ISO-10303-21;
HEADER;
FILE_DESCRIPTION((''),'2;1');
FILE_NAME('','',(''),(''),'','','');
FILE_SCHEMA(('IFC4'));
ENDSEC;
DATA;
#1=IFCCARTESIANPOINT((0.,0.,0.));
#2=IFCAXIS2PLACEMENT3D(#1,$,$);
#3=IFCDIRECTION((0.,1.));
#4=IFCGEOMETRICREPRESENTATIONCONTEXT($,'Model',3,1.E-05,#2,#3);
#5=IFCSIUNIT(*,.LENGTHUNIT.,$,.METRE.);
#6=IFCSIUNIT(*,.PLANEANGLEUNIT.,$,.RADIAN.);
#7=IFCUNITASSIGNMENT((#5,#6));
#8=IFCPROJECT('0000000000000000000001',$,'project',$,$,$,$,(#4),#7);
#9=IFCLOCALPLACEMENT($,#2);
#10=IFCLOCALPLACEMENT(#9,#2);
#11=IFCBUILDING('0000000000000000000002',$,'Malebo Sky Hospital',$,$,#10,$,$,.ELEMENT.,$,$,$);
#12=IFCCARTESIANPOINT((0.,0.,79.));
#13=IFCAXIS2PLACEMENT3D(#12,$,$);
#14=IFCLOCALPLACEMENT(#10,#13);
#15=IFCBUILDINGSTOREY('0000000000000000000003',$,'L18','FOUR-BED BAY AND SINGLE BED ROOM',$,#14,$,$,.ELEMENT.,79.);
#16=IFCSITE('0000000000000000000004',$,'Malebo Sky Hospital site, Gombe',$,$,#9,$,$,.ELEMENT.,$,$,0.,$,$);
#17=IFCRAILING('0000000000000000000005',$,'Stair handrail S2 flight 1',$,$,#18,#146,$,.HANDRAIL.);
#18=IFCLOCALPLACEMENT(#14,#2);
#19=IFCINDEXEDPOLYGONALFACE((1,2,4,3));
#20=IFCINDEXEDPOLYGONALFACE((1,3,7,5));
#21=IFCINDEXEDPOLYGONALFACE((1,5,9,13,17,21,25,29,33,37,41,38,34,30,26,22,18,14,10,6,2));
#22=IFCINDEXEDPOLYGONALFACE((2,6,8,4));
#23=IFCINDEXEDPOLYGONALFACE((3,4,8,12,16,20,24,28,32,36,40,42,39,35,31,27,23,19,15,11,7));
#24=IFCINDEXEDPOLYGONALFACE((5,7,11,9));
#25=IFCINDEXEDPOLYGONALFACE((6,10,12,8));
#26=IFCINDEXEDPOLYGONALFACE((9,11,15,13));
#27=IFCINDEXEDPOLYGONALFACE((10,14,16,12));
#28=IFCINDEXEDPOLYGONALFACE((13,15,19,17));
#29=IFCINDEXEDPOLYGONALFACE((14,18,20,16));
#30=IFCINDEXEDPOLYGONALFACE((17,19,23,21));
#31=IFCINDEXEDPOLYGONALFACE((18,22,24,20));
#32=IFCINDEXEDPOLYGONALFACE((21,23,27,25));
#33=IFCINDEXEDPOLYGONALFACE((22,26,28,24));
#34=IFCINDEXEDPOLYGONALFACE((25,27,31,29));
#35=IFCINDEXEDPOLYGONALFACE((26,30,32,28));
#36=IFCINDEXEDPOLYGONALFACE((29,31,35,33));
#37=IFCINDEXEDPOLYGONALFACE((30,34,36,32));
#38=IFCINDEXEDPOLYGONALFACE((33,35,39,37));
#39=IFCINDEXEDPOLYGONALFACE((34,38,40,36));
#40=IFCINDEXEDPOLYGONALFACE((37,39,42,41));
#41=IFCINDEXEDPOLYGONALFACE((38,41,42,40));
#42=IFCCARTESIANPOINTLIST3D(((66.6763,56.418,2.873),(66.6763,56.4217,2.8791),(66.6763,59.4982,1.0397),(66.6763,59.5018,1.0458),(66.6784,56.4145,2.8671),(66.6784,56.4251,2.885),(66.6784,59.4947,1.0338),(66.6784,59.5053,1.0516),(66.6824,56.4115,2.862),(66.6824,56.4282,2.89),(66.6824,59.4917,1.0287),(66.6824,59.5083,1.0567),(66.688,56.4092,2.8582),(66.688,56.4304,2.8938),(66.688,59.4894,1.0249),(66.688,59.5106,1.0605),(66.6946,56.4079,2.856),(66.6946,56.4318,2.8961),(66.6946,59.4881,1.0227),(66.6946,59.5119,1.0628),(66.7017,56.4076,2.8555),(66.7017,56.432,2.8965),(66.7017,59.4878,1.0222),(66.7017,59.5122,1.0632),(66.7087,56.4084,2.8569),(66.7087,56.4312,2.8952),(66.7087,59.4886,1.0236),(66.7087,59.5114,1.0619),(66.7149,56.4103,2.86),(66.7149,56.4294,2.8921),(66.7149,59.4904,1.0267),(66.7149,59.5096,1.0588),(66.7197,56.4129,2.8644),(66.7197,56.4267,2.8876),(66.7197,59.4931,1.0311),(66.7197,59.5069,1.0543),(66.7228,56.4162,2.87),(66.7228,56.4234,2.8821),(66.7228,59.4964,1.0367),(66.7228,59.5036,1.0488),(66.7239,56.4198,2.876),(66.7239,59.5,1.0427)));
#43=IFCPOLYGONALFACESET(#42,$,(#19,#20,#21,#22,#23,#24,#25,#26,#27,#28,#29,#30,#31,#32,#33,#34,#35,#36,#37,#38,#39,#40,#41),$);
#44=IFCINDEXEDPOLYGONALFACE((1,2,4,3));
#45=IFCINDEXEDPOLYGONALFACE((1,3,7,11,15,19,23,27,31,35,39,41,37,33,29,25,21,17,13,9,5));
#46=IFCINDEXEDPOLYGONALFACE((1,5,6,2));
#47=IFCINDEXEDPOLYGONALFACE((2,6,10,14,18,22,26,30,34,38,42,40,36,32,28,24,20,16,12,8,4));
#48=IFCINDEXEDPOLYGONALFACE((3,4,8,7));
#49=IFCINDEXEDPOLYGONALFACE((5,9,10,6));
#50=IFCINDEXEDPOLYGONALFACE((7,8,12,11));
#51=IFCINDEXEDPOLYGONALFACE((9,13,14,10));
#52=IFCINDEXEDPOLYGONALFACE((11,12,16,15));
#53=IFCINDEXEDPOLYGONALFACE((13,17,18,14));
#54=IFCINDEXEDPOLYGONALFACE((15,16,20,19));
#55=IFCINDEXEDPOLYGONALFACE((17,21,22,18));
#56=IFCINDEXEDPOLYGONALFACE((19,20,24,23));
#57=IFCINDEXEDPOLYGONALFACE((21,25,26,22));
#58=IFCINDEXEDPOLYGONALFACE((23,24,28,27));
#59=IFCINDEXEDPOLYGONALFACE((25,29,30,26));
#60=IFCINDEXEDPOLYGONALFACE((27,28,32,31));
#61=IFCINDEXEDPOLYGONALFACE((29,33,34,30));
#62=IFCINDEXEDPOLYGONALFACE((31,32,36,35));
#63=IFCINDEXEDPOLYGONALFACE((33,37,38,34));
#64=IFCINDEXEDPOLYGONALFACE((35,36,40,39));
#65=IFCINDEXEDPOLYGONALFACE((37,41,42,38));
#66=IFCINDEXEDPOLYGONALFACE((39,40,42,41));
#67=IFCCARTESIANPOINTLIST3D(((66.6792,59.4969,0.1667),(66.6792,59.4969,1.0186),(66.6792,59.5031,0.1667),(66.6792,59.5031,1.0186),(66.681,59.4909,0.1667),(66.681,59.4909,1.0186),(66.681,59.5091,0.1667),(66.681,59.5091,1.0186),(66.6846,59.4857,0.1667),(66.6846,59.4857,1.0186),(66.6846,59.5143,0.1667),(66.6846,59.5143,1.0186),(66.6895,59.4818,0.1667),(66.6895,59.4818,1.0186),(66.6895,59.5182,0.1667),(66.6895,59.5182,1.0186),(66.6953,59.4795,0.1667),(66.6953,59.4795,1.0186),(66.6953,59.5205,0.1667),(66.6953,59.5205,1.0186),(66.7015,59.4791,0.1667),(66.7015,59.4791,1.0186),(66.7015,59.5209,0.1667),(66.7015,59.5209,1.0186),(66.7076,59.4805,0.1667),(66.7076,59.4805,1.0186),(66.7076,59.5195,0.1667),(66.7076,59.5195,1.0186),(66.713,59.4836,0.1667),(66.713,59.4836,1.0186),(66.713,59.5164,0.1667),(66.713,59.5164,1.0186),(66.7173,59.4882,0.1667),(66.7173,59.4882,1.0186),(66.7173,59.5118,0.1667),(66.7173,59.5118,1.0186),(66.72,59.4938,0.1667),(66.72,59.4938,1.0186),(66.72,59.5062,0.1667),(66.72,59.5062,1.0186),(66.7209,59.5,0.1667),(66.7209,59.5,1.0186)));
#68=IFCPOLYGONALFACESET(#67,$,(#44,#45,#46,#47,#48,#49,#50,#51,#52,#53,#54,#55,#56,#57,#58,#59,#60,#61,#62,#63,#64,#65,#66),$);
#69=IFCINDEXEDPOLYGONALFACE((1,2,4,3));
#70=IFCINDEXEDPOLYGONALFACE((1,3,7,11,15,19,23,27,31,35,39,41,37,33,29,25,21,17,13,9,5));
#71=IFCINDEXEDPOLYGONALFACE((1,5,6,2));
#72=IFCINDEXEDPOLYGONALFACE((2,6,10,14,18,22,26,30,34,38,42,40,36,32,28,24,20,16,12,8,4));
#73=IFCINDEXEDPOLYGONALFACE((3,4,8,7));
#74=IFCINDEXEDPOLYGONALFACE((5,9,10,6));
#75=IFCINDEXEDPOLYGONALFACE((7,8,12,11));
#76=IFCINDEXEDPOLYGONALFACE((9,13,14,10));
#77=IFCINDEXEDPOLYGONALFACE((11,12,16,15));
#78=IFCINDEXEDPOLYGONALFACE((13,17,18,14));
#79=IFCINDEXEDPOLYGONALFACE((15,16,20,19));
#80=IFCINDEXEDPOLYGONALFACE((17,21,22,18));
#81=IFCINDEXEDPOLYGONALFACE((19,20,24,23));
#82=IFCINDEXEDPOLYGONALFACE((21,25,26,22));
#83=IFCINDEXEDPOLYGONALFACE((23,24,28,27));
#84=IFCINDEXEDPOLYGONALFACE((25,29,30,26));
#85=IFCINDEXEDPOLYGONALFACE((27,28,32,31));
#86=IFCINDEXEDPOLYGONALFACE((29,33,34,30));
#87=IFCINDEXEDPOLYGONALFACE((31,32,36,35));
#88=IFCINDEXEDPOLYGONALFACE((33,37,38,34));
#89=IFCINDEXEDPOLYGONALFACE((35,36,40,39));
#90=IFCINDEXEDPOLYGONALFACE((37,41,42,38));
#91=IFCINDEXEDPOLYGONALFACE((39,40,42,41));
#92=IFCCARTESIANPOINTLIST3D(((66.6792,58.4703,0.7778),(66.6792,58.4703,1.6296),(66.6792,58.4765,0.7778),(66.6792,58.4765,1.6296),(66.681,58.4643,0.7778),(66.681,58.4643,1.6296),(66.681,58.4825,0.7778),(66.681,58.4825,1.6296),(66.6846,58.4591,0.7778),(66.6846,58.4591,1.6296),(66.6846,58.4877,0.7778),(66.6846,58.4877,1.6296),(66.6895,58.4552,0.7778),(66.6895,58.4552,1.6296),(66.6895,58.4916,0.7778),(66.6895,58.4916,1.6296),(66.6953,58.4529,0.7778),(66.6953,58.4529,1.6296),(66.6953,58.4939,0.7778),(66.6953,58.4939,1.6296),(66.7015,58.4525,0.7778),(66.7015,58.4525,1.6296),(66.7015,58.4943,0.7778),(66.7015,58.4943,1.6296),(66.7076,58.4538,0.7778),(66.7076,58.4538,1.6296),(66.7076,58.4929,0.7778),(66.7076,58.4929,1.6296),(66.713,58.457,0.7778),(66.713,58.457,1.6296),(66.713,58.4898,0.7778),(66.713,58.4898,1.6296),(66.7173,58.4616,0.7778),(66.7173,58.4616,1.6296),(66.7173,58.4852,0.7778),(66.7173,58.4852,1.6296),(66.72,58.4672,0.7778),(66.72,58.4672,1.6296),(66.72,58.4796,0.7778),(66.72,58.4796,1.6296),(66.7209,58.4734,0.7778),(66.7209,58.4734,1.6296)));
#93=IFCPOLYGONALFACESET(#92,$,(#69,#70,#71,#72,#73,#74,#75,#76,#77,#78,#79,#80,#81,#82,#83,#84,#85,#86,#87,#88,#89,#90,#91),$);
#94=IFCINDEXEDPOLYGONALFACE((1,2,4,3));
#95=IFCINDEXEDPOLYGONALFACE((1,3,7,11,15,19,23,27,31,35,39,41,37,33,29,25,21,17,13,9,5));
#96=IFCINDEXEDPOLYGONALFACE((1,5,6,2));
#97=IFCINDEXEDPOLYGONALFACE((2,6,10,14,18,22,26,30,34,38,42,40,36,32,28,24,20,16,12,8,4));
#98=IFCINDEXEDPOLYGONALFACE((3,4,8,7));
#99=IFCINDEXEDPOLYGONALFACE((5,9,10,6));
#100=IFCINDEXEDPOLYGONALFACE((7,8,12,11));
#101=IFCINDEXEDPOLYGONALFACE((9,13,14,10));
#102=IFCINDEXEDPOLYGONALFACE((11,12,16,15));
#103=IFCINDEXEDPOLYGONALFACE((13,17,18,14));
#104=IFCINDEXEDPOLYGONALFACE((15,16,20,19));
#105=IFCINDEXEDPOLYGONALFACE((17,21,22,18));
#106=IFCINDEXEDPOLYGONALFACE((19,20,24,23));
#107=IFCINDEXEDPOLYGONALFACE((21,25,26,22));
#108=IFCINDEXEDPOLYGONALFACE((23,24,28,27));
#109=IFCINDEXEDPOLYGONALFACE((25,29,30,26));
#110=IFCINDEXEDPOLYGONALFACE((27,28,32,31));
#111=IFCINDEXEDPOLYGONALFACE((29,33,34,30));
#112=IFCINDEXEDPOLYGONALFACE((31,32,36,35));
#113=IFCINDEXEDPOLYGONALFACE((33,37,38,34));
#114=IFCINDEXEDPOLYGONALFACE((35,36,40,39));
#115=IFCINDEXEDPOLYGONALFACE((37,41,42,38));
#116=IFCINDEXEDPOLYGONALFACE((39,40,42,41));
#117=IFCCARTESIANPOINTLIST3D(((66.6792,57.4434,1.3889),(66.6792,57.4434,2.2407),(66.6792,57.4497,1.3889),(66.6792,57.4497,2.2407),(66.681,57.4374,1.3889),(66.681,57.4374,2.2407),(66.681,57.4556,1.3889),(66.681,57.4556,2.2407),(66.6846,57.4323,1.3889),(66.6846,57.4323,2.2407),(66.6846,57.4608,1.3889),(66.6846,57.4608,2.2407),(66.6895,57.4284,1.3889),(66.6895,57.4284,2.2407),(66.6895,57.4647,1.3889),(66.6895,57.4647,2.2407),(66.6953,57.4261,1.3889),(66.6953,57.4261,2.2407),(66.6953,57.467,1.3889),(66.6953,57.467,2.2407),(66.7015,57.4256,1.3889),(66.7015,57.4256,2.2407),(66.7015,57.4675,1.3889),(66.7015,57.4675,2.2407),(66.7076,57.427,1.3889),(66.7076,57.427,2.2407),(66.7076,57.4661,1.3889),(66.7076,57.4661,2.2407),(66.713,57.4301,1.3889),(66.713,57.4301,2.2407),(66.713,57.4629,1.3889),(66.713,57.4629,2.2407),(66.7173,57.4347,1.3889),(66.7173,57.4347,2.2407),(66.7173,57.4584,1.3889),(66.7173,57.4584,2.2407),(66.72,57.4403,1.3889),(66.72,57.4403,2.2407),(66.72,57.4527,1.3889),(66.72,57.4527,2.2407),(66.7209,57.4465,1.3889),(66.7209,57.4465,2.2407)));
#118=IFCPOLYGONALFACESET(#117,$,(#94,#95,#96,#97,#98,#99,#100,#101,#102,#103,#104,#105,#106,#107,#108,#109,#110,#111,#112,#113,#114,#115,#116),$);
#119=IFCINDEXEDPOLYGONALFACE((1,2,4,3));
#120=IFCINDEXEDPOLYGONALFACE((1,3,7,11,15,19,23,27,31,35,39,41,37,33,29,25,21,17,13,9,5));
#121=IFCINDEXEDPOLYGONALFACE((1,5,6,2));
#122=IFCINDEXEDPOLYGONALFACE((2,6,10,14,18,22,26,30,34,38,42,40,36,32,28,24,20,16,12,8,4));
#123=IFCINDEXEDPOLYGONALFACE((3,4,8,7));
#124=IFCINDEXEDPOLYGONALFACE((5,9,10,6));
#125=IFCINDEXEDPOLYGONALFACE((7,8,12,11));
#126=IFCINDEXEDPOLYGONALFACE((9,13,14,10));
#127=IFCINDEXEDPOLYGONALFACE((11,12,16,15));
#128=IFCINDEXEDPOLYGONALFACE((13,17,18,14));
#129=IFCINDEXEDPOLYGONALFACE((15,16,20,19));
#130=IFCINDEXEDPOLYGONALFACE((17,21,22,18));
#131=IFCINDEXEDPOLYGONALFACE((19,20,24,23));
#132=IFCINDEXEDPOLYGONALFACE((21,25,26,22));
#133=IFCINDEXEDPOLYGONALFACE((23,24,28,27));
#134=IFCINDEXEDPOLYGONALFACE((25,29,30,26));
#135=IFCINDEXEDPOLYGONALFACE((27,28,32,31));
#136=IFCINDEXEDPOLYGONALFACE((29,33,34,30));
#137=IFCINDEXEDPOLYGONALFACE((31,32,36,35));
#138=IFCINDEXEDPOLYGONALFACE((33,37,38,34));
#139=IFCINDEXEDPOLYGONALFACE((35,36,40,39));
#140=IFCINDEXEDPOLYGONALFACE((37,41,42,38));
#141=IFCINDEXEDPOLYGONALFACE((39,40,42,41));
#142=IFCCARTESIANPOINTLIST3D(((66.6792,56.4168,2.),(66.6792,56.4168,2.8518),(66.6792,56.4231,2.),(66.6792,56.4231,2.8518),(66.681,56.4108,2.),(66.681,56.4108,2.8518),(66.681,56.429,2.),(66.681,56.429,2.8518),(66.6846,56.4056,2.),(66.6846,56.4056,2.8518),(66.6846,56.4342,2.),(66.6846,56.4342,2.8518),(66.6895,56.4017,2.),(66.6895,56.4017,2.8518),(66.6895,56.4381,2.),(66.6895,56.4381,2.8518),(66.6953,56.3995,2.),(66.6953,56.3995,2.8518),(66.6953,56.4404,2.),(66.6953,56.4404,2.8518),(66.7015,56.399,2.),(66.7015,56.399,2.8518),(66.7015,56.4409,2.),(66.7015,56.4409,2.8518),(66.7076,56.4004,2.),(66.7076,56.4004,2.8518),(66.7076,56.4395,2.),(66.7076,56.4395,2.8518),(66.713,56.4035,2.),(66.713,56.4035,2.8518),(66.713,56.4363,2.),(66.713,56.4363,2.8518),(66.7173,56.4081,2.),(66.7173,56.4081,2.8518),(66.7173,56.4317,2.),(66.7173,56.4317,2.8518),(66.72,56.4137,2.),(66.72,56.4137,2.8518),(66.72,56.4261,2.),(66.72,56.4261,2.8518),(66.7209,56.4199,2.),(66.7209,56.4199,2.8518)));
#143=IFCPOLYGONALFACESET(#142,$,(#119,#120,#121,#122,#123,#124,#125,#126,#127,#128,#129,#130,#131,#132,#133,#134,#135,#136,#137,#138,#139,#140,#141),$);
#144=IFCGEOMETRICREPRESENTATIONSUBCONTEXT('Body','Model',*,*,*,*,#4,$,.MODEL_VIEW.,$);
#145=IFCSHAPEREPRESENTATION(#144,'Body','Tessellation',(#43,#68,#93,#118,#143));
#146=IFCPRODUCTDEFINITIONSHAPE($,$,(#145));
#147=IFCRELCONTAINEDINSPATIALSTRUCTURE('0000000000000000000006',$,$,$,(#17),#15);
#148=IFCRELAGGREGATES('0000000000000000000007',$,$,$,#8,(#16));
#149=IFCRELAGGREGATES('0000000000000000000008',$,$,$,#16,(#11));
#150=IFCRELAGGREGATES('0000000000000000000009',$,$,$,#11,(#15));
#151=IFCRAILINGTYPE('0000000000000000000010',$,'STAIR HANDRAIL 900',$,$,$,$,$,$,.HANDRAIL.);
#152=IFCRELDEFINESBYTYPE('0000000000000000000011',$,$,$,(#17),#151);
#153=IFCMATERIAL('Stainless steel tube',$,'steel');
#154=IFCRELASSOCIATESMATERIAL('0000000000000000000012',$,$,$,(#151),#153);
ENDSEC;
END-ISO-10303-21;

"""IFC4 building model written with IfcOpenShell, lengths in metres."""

from ifc_helpers import new_model, si_unit, direction, frame, origin, origin_2d, place, context, subcontext, project, spatial, circle, extrude, material, type_object, element, save


model = new_model("IFC4")

# Units and contexts
model_context = context("Model", 3, precision=1e-05, world=origin(), true_north=direction((0.0, 1.0)))
body_context = subcontext(model_context, "Body", "Model", "MODEL_VIEW")
ifc_project = project(units=[si_unit("LENGTHUNIT", "METRE"), si_unit("PLANEANGLEUNIT", "RADIAN")], contexts=[model_context])

# Site, building, storey
site_placement = place(None, origin())
site = spatial("IfcSite", under=ifc_project, at=site_placement, Name="Malebo Sky Hospital site, Gombe", CompositionType="ELEMENT", RefElevation=0.0)
building_placement = place(site_placement, origin())
building = spatial("IfcBuilding", under=site, at=building_placement, Name="Malebo Sky Hospital", CompositionType="ELEMENT")
storey_placement = place(building_placement, frame((0.0, 0.0, 79.0)))
storey = spatial("IfcBuildingStorey", under=building, at=storey_placement, Name="L18", Description="FOUR-BED BAY AND SINGLE BED ROOM", CompositionType="ELEMENT", Elevation=79.0)

# Railing
ifc_material_1 = material(Name="Stainless steel tube", Category="steel")
railing_type = type_object("IfcRailingType", Name="STAIR HANDRAIL 900", PredefinedType="HANDRAIL", material=ifc_material_1)
railing_1_placement = place(storey_placement, frame((66.7, 59.5, 0.1667)))
element("IfcRailing", 1, at=railing_1_placement, inside=storey, type_object=railing_type, Name="Stair handrail S2 flight 1", PredefinedType="HANDRAIL", context=body_context, shape_type="SweptSolid", body=[
    extrude(circle(Radius=0.0239, at=origin_2d()), frame((0.0, 0.0, 0.876), z_axis=(0.0, -0.859309, 0.511458), x_axis=(1.0, 0.0, 0.0)), (0.0, 0.0, 1.0), 3.5845),
    extrude(circle(Radius=0.021, at=origin_2d()), origin(), (0.0, 0.0, 1.0), 0.8518),
    extrude(circle(Radius=0.021, at=origin_2d()), frame((0.0, -1.0266, 0.6111)), (0.0, 0.0, 1.0), 0.8518),
    extrude(circle(Radius=0.021, at=origin_2d()), frame((0.0, -2.0535, 1.2222)), (0.0, 0.0, 1.0), 0.8518),
    extrude(circle(Radius=0.021, at=origin_2d()), frame((0.0, -3.0801, 1.8333)), (0.0, 0.0, 1.0), 0.8518),
])

save(model, "model.ifc")
